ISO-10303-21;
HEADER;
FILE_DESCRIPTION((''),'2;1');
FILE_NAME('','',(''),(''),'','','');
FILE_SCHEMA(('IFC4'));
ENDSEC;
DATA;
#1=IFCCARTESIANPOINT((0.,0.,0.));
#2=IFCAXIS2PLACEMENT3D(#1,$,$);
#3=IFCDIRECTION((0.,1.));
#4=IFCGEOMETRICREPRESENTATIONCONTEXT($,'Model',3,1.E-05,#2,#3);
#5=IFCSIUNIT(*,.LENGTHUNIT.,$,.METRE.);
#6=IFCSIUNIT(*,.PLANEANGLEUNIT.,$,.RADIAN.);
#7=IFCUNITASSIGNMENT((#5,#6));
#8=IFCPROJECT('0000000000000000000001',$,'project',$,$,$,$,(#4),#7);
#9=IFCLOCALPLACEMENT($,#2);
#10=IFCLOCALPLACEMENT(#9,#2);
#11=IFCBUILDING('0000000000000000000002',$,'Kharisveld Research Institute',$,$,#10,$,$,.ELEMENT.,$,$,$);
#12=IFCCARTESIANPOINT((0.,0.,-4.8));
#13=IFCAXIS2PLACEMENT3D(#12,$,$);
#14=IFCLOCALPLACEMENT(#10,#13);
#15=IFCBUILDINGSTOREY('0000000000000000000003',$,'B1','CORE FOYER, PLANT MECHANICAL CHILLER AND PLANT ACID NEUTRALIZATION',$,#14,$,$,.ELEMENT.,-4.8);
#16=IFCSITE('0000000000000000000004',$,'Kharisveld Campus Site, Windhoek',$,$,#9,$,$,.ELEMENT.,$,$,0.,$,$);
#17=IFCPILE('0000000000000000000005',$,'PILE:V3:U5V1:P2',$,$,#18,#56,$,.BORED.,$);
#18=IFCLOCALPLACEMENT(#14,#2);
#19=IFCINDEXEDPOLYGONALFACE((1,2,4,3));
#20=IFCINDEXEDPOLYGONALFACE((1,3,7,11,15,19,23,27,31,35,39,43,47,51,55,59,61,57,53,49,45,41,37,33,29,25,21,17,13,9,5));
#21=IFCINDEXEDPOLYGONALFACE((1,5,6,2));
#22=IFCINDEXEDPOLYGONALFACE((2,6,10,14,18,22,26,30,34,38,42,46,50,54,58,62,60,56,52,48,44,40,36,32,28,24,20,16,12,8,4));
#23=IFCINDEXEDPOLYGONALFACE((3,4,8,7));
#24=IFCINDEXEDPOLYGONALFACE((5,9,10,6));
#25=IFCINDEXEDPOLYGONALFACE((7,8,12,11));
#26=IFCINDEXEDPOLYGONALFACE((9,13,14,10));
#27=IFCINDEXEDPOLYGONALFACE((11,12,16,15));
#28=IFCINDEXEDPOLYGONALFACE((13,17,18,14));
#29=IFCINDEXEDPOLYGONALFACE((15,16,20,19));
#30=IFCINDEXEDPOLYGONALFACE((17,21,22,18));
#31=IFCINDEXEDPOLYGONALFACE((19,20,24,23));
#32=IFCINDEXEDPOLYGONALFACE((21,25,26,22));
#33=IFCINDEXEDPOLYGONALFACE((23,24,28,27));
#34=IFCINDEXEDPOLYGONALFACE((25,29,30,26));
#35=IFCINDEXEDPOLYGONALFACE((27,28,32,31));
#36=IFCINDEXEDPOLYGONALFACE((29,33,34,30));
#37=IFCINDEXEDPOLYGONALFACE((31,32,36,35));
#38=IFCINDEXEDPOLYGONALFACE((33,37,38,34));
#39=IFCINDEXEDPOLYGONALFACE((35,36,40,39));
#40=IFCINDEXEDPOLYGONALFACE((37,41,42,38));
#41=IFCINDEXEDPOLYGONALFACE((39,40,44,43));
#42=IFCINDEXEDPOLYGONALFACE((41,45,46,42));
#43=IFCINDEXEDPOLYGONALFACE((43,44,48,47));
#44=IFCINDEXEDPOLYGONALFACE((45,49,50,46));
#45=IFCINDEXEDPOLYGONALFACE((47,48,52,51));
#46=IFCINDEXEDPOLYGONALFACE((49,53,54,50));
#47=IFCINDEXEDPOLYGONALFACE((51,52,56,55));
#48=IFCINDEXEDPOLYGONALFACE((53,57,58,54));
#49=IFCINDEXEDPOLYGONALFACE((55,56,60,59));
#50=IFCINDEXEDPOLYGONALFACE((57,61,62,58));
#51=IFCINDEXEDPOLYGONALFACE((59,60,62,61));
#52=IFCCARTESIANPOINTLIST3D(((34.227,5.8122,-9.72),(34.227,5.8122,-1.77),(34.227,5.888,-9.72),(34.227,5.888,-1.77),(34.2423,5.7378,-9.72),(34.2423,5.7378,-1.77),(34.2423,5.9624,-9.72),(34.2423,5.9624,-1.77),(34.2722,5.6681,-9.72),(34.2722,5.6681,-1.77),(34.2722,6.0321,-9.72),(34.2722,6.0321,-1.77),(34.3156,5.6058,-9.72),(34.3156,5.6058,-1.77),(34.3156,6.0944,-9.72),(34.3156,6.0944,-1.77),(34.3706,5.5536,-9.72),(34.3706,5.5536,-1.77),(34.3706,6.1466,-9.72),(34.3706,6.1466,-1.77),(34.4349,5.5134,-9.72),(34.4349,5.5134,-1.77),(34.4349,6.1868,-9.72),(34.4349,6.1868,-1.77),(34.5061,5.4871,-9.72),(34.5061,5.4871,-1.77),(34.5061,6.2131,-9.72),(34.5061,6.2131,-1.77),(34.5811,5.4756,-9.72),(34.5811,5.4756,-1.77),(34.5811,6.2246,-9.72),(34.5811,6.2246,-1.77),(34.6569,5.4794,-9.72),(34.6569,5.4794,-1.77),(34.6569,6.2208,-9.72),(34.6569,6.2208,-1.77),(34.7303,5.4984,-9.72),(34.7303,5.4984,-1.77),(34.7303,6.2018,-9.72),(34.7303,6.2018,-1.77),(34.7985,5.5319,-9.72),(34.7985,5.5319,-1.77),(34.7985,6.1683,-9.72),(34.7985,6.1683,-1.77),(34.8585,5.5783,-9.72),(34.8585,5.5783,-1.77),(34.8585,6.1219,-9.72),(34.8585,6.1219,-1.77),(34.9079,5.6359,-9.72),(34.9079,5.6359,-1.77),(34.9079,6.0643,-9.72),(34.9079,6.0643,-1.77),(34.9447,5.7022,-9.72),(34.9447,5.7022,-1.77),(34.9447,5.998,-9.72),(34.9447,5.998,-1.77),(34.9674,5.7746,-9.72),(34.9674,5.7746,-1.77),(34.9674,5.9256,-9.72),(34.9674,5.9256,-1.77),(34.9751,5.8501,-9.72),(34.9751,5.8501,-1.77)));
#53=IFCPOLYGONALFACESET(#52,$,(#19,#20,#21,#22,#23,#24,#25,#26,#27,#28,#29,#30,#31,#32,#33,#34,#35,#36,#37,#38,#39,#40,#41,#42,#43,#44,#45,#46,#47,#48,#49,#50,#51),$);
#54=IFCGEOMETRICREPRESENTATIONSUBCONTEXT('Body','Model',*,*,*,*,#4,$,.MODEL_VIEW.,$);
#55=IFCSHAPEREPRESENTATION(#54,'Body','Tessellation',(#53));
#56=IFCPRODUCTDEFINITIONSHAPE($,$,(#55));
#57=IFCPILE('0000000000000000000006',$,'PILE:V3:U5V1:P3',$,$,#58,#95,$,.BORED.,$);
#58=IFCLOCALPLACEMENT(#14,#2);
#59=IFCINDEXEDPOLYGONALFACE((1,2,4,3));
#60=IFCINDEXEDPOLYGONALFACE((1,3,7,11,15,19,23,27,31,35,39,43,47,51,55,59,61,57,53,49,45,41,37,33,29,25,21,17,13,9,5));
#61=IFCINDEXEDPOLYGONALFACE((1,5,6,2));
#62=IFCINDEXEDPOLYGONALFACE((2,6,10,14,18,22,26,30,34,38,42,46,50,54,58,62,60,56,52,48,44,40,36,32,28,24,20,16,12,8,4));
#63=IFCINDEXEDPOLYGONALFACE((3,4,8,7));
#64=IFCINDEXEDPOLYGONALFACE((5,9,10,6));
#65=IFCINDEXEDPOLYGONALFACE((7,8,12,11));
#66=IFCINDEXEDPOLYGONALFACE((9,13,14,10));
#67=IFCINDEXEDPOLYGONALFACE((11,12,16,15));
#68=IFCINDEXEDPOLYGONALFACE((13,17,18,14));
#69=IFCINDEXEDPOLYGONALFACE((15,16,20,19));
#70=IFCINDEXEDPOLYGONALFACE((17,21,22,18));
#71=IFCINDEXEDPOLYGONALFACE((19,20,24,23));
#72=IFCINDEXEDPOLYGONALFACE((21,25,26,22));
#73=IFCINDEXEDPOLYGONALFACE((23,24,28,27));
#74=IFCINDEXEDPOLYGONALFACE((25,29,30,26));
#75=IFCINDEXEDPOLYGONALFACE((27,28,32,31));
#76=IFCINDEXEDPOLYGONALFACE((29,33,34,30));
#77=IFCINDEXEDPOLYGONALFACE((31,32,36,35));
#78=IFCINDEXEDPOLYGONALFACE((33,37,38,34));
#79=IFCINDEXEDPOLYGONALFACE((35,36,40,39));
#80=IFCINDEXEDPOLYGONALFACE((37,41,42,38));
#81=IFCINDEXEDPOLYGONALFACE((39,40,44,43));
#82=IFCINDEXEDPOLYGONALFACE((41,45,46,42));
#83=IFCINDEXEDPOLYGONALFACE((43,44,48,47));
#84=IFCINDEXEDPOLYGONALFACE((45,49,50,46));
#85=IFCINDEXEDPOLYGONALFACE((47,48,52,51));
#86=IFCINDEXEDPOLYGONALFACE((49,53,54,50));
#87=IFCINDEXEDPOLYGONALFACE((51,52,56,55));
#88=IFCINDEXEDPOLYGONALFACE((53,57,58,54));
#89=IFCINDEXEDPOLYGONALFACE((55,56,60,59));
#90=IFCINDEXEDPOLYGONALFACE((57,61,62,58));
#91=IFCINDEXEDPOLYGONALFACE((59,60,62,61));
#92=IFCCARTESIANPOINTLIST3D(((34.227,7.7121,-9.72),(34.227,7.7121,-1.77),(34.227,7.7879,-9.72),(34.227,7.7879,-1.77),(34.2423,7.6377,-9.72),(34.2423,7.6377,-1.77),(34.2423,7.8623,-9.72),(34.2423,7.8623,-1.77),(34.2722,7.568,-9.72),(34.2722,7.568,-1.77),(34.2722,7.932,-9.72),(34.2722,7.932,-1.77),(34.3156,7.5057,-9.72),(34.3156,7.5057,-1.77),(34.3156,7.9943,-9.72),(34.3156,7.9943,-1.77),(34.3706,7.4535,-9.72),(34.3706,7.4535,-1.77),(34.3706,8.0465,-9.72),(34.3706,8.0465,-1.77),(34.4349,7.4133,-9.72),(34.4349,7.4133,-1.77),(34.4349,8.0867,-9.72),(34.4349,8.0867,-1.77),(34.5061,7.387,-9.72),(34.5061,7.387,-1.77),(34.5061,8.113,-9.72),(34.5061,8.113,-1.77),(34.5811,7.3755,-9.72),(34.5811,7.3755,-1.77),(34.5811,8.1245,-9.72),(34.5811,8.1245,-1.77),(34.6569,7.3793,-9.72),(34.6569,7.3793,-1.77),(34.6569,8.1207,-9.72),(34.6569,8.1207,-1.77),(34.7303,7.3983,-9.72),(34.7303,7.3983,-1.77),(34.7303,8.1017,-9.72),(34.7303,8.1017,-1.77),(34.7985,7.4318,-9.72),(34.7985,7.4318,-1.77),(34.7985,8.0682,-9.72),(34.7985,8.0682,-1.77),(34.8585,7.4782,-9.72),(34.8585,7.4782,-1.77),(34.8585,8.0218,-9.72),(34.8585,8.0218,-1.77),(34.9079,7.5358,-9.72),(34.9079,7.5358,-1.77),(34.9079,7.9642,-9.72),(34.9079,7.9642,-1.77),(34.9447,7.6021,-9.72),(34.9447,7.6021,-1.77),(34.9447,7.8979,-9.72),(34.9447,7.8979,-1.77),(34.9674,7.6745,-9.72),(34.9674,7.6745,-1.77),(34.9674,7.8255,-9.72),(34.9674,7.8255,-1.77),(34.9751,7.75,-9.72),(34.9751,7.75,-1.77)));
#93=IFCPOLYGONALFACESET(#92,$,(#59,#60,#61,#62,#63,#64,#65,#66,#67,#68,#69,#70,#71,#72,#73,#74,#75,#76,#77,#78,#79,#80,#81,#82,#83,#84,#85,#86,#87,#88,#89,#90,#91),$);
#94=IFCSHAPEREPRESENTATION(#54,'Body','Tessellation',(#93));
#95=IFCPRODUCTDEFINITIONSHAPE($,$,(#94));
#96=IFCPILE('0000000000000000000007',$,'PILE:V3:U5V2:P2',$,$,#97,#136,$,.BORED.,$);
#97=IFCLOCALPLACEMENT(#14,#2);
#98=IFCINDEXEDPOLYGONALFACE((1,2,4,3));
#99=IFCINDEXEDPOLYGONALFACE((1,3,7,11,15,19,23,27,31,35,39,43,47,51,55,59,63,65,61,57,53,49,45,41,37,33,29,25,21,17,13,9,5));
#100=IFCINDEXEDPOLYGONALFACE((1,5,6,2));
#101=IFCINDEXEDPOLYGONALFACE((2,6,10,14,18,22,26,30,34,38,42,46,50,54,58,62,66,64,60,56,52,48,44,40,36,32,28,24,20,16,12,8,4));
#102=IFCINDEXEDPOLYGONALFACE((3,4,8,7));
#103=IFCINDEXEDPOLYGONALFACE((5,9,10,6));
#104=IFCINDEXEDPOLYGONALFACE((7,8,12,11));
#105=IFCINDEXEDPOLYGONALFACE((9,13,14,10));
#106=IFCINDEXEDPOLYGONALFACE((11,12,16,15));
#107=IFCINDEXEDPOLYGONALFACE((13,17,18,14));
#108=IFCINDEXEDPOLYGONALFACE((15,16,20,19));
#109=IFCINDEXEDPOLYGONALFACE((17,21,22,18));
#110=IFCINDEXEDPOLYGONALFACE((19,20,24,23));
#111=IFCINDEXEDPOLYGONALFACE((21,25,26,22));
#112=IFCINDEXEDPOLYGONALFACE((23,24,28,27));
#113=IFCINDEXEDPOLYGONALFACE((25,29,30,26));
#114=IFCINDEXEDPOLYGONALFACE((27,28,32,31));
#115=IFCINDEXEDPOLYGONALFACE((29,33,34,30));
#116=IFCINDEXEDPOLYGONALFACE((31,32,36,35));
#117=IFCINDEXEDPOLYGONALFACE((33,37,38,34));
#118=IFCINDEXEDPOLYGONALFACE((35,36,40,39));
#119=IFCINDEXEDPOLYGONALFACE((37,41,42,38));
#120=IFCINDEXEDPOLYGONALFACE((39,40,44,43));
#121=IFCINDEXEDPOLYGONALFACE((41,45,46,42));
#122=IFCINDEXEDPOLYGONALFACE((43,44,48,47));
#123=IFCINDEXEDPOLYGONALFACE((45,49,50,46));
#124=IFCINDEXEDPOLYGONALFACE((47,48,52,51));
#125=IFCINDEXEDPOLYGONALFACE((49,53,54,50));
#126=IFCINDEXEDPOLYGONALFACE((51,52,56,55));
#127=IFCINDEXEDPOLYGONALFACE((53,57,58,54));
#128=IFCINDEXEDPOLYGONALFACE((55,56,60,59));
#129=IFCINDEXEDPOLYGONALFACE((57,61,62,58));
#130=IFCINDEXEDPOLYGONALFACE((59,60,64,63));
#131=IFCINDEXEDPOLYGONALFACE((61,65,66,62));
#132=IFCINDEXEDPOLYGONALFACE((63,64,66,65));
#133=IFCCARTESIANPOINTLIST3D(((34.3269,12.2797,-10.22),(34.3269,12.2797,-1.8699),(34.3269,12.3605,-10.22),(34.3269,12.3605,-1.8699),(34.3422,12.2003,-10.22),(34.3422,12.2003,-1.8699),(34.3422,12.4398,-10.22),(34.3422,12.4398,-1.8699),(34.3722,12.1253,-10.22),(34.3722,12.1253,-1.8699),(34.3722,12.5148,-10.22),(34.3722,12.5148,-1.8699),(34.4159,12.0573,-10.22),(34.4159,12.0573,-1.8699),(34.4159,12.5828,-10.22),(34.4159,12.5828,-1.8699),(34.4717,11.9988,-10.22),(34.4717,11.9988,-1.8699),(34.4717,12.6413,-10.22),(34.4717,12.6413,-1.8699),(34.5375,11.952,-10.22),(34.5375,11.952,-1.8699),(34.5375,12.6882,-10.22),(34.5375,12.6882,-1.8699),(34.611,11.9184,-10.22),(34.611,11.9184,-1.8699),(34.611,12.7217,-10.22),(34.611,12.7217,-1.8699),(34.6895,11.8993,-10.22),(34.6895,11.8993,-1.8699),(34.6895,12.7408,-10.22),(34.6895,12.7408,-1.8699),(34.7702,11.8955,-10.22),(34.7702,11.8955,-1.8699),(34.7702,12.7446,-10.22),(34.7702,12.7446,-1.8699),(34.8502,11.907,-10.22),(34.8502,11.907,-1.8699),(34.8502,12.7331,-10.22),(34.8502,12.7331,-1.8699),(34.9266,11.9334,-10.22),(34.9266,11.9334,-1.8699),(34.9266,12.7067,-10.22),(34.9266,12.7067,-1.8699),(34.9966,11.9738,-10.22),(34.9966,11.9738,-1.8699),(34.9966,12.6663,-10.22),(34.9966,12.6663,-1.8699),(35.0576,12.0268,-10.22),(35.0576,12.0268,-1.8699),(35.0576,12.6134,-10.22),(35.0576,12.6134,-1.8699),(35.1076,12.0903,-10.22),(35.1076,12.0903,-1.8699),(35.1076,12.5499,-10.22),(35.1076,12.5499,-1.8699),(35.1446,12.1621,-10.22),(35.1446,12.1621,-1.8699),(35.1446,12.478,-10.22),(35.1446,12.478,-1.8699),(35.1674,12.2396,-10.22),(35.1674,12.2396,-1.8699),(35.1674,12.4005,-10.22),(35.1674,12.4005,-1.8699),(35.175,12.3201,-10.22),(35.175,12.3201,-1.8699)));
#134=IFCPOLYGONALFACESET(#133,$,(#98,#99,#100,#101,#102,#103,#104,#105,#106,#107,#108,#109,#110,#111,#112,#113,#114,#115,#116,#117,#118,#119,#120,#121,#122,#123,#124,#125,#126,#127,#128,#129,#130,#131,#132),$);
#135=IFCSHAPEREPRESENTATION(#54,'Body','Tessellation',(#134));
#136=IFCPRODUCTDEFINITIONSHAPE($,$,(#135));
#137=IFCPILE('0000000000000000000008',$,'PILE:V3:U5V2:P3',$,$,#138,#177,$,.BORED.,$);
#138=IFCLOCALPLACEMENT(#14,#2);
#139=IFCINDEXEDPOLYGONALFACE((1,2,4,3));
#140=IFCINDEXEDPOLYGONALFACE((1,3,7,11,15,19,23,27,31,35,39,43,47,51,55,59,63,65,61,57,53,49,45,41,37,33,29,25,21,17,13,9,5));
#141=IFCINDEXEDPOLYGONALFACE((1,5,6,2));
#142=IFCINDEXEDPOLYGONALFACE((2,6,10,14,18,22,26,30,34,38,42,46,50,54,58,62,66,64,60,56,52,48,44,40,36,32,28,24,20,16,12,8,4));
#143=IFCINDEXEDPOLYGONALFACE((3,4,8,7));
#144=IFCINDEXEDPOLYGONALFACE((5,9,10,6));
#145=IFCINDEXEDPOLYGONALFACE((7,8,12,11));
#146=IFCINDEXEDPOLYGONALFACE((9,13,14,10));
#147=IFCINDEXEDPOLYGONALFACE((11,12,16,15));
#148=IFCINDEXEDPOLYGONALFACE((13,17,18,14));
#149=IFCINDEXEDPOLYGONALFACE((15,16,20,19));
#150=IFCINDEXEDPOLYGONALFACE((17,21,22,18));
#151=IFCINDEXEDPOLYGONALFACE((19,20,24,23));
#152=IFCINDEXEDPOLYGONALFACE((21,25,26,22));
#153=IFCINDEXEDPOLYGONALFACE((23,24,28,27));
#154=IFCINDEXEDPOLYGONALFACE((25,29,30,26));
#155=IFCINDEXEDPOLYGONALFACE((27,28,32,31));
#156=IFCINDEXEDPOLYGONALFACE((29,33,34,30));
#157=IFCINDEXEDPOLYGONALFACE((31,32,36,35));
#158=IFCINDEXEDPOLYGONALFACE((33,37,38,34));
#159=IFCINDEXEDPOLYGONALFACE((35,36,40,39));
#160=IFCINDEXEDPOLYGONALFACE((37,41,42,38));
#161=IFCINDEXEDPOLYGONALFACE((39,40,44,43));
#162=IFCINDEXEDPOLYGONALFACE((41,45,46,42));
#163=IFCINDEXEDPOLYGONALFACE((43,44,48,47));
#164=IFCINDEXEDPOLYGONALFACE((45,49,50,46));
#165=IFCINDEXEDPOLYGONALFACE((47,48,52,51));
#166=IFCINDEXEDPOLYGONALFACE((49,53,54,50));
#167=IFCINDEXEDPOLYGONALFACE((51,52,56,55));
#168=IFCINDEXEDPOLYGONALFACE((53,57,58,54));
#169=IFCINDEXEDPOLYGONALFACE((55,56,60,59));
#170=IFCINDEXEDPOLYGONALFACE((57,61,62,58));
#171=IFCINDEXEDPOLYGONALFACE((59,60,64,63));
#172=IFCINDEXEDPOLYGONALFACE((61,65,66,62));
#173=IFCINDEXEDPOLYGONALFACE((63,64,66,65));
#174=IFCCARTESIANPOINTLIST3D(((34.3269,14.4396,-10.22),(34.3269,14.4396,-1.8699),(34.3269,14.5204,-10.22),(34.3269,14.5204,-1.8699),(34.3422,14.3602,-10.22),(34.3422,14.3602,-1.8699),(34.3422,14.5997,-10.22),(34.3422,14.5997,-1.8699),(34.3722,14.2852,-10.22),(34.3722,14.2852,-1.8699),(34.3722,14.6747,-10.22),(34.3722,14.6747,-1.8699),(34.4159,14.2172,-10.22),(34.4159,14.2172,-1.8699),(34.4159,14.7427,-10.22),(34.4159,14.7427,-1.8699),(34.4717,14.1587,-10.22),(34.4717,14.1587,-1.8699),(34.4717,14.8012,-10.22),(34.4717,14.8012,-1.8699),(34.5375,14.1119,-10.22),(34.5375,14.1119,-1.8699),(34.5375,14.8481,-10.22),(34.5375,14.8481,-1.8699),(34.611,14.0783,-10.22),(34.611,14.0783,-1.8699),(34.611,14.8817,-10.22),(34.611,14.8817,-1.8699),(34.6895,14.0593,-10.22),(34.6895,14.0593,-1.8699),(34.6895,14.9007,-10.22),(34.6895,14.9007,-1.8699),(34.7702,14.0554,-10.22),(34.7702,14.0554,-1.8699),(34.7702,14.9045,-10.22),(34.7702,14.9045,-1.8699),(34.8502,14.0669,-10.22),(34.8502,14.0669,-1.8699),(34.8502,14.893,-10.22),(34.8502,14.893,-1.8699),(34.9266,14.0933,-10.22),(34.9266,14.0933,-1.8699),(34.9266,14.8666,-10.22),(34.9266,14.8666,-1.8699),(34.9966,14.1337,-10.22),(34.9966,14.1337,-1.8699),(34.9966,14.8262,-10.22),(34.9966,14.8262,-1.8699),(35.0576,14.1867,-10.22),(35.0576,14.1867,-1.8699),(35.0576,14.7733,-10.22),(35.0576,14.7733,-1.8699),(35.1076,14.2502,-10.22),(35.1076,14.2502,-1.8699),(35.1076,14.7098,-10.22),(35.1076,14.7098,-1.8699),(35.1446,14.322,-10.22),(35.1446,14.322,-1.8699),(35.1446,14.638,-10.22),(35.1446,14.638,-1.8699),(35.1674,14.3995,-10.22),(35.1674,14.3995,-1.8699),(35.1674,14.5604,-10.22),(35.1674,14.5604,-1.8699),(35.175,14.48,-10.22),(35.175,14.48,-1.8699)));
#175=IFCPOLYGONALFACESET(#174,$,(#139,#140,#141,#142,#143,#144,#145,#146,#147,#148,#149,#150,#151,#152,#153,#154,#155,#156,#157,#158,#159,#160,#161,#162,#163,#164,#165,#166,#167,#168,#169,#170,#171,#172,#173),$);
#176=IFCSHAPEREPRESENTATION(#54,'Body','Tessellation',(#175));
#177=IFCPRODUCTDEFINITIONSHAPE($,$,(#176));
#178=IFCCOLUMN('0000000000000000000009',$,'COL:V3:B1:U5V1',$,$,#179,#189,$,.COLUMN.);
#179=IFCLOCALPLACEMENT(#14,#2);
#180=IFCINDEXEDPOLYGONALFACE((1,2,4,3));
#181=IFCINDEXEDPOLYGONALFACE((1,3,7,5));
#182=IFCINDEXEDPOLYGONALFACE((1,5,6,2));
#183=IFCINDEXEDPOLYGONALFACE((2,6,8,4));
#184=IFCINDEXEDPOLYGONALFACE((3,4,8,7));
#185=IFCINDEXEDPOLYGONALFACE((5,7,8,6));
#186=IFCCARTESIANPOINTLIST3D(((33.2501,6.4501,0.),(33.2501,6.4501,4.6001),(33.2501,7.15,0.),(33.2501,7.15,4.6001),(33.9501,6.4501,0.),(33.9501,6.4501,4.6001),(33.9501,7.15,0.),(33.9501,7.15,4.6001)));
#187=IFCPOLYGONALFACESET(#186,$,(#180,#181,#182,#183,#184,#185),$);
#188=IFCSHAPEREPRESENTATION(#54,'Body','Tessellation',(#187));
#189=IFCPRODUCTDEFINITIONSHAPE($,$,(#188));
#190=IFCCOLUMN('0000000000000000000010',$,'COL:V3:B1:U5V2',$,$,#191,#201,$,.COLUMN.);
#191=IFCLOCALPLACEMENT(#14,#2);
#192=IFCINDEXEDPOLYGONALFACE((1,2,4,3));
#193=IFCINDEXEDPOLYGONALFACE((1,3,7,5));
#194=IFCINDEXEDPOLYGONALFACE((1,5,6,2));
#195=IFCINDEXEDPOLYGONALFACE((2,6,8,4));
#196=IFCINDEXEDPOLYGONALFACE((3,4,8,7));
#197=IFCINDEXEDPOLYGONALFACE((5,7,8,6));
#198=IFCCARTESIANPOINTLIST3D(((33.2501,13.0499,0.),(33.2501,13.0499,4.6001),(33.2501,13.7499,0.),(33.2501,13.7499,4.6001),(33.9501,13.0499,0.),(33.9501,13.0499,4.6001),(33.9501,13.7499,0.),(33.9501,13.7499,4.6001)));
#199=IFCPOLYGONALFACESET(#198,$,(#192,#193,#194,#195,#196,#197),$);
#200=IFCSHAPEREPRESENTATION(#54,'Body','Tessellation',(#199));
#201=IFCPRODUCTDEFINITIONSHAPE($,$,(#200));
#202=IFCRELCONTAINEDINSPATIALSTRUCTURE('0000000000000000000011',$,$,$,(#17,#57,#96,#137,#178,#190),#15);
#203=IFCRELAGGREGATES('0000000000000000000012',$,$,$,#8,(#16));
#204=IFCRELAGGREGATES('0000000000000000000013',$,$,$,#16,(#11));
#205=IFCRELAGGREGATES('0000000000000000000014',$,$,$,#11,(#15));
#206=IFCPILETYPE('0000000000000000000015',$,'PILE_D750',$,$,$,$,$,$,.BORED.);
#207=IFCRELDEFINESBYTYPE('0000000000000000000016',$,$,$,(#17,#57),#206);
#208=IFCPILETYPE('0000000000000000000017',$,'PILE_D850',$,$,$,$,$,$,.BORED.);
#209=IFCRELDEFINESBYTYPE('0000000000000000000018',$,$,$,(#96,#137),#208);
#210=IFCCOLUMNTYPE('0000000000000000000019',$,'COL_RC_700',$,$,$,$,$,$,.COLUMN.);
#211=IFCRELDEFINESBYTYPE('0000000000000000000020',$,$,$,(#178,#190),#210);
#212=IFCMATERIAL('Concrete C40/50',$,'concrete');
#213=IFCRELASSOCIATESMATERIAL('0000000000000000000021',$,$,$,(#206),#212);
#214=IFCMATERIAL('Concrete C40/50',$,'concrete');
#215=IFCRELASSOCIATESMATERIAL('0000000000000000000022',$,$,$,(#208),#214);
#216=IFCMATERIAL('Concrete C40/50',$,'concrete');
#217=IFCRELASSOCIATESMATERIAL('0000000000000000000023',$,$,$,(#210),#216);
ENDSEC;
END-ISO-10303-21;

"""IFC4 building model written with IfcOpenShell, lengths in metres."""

from ifc_helpers import new_model, si_unit, direction, frame, origin, origin_2d, place, context, subcontext, project, spatial, rectangle, circle, extrude, material, material_profile, profile_set, type_object, element, save


model = new_model("IFC4")

# Units and contexts
model_context = context("Model", 3, precision=1e-05, world=origin(), true_north=direction((0.0, 1.0)))
body_context = subcontext(model_context, "Body", "Model", "MODEL_VIEW")
ifc_project = project(units=[si_unit("LENGTHUNIT", "METRE"), si_unit("PLANEANGLEUNIT", "RADIAN")], contexts=[model_context])

# Site, building, storey
site_placement = place(None, origin())
site = spatial("IfcSite", under=ifc_project, at=site_placement, Name="Kharisveld Campus Site, Windhoek", CompositionType="ELEMENT", RefElevation=0.0)
building_placement = place(site_placement, origin())
building = spatial("IfcBuilding", under=site, at=building_placement, Name="Kharisveld Research Institute", CompositionType="ELEMENT")
storey_placement = place(building_placement, frame((0.0, 0.0, -4.8)))
storey = spatial("IfcBuildingStorey", under=building, at=storey_placement, Name="B1", Description="CORE FOYER, PLANT MECHANICAL CHILLER AND PLANT ACID NEUTRALIZATION", CompositionType="ELEMENT", Elevation=-4.8)

# Piles
ifc_material_1 = material(Name="Concrete C40/50", Category="concrete")
ifc_material_profile_1 = material_profile(ifc_material_1, circle(Radius=0.375, at=origin_2d()))
ifc_profile_set_1 = profile_set([ifc_material_profile_1], Name="Concrete C40/50")
pile_type_1 = type_object("IfcPileType", Name="PILE_D750", PredefinedType="BORED", material=ifc_profile_set_1)
for number, where, z_axis, x_axis, name in (
    (1, (34.6001, 5.8501, -1.77), (0.0, 0.0, -1.0), (1.0, 0.0, 0.0), "PILE:V3:U5V1:P2"),
    (2, (34.6001, 7.75, -1.77), (0.0, 0.0, -1.0), (1.0, 0.0, 0.0), "PILE:V3:U5V1:P3"),
):
    element("IfcPile", number, at=place(storey_placement, frame(where, z_axis=z_axis, x_axis=x_axis)), inside=storey, type_object=pile_type_1, Name=name, PredefinedType="BORED", context=body_context, shape_type="SweptSolid", body=[
        extrude(circle(Radius=0.375, at=origin_2d()), origin(), (0.0, 0.0, 1.0), 7.95),
    ])
ifc_material_2 = material(Name="Concrete C40/50", Category="concrete")
ifc_material_profile_2 = material_profile(ifc_material_2, circle(Radius=0.425, at=origin_2d()))
ifc_profile_set_2 = profile_set([ifc_material_profile_2], Name="Concrete C40/50")
pile_type_2 = type_object("IfcPileType", Name="PILE_D850", PredefinedType="BORED", material=ifc_profile_set_2)
for number, where, z_axis, x_axis, name in (
    (3, (34.75, 12.3201, -1.8699), (0.0, 0.0, -1.0), (1.0, 0.0, 0.0), "PILE:V3:U5V2:P2"),
    (4, (34.75, 14.48, -1.8699), (0.0, 0.0, -1.0), (1.0, 0.0, 0.0), "PILE:V3:U5V2:P3"),
):
    element("IfcPile", number, at=place(storey_placement, frame(where, z_axis=z_axis, x_axis=x_axis)), inside=storey, type_object=pile_type_2, Name=name, PredefinedType="BORED", context=body_context, shape_type="SweptSolid", body=[
        extrude(circle(Radius=0.425, at=origin_2d()), origin(), (0.0, 0.0, 1.0), 8.3501),
    ])

# Columns
ifc_material_3 = material(Name="Concrete C40/50", Category="concrete")
ifc_material_profile_3 = material_profile(ifc_material_3, rectangle(XDim=0.7, YDim=0.7, at=origin_2d()))
ifc_profile_set_3 = profile_set([ifc_material_profile_3], Name="Concrete C40/50")
column_type = type_object("IfcColumnType", Name="COL_RC_700", PredefinedType="COLUMN", material=ifc_profile_set_3)
for number, where, z_axis, x_axis, name in (
    (5, (33.6001, 6.8, 0.0), (0.0, 0.0, 1.0), (1.0, 0.0, 0.0), "COL:V3:B1:U5V1"),
    (6, (33.6001, 13.3999, 0.0), (0.0, 0.0, 1.0), (1.0, 0.0, 0.0), "COL:V3:B1:U5V2"),
):
    element("IfcColumn", number, at=place(storey_placement, frame(where, z_axis=z_axis, x_axis=x_axis)), inside=storey, type_object=column_type, Name=name, PredefinedType="COLUMN", context=body_context, shape_type="SweptSolid", body=[
        extrude(rectangle(XDim=0.7, YDim=0.7, at=origin_2d()), origin(), (0.0, 0.0, 1.0), 4.6001),
    ])

save(model, "model.ifc")
